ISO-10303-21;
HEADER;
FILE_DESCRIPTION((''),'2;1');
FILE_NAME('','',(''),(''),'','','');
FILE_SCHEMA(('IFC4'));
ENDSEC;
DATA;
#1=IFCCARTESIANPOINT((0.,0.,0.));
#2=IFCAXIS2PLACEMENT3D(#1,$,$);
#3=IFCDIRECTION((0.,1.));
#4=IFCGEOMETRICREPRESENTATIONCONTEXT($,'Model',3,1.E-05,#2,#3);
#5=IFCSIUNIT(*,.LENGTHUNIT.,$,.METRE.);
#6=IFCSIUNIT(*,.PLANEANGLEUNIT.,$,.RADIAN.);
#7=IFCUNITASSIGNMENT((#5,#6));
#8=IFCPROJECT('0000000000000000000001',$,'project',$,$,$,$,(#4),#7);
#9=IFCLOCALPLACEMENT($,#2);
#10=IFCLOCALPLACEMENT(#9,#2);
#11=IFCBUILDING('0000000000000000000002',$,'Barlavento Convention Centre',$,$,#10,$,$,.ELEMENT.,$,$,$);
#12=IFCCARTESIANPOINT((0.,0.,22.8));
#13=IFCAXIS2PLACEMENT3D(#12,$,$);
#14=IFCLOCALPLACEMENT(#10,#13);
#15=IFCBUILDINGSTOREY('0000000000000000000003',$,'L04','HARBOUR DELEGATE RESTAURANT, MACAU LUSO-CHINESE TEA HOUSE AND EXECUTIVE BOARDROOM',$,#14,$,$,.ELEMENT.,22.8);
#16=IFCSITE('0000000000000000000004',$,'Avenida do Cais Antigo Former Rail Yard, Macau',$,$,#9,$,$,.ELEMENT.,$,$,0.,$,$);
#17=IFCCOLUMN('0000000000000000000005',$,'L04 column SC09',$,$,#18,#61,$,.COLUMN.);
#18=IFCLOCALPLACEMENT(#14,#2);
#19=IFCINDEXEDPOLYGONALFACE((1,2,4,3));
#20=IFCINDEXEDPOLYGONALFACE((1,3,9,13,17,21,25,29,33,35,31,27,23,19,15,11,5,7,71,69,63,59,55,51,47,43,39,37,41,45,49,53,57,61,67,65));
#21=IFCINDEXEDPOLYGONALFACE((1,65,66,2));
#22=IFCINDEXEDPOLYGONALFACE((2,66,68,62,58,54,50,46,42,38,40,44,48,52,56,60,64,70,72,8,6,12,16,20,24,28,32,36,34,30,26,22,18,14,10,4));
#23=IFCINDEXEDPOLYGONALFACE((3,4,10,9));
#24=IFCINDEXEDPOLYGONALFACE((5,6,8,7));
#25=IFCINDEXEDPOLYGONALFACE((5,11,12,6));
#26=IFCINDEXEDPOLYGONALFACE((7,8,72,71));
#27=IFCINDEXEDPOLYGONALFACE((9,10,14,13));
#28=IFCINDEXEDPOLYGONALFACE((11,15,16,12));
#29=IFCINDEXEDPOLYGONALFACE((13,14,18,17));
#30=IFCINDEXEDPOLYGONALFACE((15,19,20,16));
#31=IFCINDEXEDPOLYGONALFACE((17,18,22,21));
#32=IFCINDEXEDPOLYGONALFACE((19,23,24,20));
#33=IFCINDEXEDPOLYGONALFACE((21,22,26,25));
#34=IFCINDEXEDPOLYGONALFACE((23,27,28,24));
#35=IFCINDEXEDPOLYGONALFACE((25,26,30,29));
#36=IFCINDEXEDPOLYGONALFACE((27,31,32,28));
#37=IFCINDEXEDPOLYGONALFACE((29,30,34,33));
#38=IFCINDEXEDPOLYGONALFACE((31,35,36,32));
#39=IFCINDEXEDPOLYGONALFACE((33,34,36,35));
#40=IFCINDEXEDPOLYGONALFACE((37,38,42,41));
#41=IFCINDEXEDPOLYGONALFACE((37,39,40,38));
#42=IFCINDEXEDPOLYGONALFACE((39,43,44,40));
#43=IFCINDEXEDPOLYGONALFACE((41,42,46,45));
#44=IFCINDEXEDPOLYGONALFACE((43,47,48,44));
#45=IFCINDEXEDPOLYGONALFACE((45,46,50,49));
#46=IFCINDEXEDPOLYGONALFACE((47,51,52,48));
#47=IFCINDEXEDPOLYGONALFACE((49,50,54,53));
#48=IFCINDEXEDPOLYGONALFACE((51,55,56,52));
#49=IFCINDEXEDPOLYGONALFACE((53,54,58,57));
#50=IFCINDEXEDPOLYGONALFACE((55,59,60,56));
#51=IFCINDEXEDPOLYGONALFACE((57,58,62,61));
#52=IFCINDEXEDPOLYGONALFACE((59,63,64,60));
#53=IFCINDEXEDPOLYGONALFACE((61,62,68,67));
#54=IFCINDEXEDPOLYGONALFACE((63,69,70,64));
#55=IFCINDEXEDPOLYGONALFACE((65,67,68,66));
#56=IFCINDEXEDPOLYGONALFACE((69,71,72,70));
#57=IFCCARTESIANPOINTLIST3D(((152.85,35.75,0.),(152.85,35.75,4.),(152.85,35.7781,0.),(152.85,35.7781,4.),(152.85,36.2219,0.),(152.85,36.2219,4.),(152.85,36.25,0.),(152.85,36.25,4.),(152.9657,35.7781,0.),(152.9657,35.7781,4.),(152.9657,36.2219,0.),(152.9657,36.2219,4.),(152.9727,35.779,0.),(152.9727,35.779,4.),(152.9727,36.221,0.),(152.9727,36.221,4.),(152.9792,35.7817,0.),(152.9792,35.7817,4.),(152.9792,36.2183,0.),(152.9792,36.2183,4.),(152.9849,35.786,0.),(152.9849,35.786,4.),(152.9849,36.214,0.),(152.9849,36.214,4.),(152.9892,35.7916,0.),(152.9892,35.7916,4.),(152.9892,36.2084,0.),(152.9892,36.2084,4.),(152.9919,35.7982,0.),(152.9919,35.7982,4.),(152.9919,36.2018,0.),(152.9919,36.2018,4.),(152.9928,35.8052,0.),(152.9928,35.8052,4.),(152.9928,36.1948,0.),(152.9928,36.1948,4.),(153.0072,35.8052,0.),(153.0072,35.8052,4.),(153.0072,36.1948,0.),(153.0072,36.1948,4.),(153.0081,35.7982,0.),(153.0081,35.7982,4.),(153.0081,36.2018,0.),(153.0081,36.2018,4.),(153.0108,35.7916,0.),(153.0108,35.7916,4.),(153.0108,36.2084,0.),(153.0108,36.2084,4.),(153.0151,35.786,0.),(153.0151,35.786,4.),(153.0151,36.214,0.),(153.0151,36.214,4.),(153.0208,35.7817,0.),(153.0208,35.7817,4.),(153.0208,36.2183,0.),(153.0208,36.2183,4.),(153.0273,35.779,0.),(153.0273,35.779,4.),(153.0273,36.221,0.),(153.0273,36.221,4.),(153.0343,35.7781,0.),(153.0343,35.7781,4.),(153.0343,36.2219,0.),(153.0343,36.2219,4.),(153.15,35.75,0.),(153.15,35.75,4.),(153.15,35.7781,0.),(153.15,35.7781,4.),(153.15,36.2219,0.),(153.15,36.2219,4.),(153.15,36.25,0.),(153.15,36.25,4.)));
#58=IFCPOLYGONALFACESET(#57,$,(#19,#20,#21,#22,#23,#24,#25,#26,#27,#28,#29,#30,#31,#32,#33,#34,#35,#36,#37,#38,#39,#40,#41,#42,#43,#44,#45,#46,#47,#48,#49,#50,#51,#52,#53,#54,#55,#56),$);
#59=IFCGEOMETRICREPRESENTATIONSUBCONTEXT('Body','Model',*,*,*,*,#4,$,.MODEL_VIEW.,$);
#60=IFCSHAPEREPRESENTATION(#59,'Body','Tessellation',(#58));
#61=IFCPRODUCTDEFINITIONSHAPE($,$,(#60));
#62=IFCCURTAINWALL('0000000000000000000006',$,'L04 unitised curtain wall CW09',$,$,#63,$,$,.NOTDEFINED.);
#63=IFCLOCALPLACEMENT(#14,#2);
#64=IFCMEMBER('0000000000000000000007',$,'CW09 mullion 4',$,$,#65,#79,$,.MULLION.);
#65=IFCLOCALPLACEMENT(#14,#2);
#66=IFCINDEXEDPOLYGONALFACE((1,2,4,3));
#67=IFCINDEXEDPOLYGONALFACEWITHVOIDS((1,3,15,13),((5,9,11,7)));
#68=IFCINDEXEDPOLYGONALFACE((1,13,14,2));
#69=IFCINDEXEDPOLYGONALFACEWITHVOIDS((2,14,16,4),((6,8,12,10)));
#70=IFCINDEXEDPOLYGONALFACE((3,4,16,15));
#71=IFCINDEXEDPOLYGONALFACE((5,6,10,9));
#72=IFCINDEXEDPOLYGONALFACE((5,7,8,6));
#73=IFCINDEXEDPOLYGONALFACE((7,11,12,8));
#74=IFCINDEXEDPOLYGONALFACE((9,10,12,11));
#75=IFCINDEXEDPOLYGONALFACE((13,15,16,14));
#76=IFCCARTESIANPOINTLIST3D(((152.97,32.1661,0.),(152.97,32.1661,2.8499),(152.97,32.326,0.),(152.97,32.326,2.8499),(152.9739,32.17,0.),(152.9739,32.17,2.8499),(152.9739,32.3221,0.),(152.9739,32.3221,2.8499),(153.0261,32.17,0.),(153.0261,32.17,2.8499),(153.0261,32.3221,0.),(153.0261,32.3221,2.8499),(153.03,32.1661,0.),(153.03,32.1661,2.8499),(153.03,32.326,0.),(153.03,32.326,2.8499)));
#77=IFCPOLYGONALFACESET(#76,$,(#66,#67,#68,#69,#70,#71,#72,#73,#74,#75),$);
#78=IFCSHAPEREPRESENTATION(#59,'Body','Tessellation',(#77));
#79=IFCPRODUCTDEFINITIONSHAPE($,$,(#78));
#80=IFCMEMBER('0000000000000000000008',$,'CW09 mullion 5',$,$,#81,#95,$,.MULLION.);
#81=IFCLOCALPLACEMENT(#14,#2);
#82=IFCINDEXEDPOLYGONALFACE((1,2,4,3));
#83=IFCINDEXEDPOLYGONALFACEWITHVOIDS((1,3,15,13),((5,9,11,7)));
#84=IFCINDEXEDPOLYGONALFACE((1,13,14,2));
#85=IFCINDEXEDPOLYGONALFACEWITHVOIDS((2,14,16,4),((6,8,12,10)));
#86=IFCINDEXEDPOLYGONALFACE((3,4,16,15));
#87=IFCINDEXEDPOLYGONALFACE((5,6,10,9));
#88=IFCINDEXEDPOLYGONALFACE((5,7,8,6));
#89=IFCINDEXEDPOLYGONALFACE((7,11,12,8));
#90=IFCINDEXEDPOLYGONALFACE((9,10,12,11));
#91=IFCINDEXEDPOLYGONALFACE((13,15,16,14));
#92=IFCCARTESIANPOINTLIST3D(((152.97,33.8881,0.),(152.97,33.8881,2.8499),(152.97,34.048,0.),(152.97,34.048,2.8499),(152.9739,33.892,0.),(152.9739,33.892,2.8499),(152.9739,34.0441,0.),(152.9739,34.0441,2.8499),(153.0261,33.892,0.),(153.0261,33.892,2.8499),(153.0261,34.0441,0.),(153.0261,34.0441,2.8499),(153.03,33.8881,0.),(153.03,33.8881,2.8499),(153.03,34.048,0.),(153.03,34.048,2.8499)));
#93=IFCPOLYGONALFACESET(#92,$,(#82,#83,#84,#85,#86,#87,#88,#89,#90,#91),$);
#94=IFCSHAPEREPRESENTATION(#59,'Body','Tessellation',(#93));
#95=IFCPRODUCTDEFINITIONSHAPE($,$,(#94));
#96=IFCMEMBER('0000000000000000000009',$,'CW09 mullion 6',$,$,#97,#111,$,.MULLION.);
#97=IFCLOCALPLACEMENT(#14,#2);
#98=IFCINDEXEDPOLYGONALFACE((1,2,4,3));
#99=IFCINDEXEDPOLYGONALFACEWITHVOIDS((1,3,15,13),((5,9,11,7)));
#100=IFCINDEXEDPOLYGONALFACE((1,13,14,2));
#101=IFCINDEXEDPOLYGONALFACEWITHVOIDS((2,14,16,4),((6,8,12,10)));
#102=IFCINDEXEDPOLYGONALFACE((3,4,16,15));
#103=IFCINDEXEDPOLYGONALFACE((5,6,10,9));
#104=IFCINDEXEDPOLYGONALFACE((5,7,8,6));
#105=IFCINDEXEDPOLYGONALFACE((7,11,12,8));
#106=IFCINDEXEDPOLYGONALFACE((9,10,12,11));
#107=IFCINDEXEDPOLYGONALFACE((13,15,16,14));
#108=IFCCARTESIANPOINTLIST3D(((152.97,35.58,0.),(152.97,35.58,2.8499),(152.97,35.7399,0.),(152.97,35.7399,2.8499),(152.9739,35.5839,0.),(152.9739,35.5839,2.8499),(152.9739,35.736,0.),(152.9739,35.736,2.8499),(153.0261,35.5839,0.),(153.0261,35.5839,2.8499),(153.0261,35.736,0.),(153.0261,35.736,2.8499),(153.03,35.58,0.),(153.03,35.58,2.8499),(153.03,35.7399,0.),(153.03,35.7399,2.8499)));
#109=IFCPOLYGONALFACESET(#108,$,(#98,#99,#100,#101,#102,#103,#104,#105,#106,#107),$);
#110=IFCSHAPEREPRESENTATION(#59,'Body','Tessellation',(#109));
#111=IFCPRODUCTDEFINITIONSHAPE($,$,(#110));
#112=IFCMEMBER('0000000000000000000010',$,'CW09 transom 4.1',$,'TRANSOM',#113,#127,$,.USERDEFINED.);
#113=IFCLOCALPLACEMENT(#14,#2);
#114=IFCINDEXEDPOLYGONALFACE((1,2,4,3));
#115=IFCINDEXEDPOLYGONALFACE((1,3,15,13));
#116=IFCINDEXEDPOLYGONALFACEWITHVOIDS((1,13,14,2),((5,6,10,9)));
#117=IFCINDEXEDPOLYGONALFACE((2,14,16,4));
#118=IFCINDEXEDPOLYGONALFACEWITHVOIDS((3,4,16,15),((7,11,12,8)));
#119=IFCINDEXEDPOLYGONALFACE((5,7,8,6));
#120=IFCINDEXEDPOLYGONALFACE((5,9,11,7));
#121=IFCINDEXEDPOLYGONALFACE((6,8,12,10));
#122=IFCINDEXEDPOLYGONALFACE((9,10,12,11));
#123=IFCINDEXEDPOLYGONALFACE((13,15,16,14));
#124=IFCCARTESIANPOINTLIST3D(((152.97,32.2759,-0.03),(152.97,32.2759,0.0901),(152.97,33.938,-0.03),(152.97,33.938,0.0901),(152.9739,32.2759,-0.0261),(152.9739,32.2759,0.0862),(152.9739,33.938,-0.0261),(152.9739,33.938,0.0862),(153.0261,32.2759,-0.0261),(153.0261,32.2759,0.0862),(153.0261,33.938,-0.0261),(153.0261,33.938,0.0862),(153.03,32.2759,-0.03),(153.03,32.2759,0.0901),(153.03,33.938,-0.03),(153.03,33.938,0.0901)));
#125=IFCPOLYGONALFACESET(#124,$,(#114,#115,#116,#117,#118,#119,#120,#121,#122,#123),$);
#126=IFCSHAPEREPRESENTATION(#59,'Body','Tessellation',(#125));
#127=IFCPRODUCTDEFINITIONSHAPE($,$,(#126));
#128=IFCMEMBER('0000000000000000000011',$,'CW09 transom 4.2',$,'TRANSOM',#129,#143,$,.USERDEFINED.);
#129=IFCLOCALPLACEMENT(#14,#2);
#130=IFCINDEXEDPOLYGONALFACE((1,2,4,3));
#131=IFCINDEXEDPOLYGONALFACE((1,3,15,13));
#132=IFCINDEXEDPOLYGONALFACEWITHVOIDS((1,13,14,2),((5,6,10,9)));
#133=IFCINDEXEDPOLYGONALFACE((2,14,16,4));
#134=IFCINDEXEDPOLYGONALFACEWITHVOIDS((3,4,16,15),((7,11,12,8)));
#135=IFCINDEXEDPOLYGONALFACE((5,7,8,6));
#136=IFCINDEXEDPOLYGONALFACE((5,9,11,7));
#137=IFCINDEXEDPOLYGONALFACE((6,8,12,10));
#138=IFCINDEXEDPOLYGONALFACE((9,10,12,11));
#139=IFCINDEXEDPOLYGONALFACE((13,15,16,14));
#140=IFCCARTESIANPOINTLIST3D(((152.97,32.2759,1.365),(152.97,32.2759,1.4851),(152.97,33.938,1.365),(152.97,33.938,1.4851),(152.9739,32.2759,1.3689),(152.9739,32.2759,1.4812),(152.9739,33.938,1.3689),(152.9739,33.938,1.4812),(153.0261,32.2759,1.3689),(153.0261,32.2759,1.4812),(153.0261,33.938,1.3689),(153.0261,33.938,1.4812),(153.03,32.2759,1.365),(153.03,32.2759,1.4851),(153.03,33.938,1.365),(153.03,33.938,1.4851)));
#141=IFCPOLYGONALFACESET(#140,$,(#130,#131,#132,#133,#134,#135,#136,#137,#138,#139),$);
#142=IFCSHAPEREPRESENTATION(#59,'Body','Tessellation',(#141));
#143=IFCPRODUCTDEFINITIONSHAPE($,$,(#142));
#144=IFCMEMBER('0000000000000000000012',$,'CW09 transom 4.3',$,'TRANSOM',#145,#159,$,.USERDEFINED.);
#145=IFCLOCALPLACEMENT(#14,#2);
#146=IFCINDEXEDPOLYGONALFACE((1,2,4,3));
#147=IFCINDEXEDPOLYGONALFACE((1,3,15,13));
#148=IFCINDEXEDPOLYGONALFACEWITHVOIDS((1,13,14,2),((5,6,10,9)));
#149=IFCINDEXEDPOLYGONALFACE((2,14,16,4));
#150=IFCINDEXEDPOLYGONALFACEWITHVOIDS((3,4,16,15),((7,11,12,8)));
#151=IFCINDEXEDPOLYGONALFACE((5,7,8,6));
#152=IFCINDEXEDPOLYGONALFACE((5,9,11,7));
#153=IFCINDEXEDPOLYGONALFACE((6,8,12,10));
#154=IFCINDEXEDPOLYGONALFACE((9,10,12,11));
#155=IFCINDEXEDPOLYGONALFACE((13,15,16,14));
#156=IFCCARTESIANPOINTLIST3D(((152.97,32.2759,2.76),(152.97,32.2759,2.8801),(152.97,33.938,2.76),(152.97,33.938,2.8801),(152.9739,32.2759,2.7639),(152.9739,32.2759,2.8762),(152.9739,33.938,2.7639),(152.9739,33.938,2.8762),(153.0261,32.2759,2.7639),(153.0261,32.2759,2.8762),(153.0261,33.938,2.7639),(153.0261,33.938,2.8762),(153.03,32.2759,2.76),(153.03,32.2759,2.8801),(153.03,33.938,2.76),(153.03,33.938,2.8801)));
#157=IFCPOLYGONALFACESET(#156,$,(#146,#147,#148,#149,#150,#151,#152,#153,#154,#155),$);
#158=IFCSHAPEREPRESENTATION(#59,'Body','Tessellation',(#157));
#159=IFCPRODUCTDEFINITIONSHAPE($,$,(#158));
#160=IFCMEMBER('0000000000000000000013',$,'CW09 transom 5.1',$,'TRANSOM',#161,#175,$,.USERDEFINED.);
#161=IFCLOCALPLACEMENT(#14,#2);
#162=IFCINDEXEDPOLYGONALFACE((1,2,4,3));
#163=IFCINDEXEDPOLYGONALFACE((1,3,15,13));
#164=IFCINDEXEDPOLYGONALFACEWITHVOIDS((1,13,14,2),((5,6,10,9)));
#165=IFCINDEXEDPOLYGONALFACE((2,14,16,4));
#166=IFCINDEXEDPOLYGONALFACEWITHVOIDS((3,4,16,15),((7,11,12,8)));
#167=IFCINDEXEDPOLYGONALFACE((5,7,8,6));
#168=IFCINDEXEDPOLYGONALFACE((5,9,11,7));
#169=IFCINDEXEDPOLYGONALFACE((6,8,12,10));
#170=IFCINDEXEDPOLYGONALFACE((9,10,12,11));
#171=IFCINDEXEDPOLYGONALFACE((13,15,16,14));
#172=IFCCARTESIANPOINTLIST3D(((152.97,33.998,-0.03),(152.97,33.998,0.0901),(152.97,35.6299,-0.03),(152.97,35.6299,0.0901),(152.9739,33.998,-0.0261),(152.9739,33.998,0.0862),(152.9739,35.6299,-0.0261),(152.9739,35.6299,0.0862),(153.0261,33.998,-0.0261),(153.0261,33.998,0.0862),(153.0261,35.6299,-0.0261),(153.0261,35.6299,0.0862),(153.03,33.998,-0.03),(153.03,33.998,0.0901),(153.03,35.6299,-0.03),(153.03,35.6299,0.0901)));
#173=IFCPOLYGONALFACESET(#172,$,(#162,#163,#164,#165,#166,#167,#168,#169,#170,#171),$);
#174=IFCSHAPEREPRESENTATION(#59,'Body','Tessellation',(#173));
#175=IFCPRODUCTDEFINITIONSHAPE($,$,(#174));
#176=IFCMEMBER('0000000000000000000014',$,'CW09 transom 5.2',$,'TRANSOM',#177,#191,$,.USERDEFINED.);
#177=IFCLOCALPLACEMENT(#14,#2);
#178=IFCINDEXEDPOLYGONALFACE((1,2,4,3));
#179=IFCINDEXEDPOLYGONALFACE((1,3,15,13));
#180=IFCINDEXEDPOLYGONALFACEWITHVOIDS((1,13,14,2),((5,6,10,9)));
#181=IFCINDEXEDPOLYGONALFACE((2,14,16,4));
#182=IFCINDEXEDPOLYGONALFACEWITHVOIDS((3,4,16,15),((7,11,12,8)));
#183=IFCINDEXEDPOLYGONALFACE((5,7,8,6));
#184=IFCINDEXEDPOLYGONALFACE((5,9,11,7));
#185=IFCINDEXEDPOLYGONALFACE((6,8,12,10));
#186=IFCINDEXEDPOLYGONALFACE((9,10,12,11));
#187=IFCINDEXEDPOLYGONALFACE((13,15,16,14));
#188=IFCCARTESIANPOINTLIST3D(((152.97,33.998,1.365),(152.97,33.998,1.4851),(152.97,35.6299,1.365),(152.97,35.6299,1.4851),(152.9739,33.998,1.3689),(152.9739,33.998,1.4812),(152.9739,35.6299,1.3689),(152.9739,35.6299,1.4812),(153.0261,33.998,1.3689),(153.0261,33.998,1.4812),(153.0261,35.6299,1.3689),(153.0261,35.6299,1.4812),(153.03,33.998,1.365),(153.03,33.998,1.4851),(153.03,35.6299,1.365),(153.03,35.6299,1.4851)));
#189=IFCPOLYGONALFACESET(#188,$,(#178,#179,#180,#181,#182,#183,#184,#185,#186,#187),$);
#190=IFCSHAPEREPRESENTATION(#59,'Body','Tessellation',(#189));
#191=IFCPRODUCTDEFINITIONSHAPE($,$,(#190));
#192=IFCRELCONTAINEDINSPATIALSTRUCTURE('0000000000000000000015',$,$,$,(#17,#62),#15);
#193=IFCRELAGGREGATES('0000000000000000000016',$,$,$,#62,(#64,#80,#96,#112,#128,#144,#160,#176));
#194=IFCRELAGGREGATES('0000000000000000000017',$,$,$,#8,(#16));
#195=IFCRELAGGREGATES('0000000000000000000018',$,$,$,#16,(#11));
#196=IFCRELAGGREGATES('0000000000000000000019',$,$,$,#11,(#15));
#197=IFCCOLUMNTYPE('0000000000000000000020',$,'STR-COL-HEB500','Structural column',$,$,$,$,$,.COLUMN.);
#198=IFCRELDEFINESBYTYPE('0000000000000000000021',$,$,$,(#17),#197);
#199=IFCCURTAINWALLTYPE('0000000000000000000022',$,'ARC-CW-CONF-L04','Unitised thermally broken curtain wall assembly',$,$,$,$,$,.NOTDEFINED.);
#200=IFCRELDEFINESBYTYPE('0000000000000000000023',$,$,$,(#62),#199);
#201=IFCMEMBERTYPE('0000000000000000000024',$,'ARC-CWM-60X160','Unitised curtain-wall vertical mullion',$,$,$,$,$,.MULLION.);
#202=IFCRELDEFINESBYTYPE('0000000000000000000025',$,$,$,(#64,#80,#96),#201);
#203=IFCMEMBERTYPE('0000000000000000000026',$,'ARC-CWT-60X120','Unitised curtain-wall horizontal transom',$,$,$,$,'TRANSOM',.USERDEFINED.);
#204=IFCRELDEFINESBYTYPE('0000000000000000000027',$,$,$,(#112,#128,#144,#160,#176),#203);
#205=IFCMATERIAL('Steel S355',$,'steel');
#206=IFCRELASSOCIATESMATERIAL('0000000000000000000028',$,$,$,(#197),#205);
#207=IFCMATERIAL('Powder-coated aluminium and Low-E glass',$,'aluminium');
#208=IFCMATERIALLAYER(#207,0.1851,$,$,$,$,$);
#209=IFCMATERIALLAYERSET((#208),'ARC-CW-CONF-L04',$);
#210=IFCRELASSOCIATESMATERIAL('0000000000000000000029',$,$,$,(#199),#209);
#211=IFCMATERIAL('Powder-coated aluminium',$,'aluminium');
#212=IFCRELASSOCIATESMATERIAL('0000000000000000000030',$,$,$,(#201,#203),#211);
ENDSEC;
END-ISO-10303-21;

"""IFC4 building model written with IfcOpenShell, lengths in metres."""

from ifc_helpers import new_model, si_unit, direction, frame, origin, origin_2d, place, context, subcontext, project, spatial, hollow_rectangle, i_section, extrude, material, layer, layer_set, material_profile, profile_set, type_object, element, aggregate, save


model = new_model("IFC4")

# Units and contexts
model_context = context("Model", 3, precision=1e-05, world=origin(), true_north=direction((0.0, 1.0)))
body_context = subcontext(model_context, "Body", "Model", "MODEL_VIEW")
ifc_project = project(units=[si_unit("LENGTHUNIT", "METRE"), si_unit("PLANEANGLEUNIT", "RADIAN")], contexts=[model_context])

# Site, building, storey
site_placement = place(None, origin())
site = spatial("IfcSite", under=ifc_project, at=site_placement, Name="Avenida do Cais Antigo Former Rail Yard, Macau", CompositionType="ELEMENT", RefElevation=0.0)
building_placement = place(site_placement, origin())
building = spatial("IfcBuilding", under=site, at=building_placement, Name="Barlavento Convention Centre", CompositionType="ELEMENT")
storey_placement = place(building_placement, frame((0.0, 0.0, 22.8)))
storey = spatial("IfcBuildingStorey", under=building, at=storey_placement, Name="L04", Description="HARBOUR DELEGATE RESTAURANT, MACAU LUSO-CHINESE TEA HOUSE AND EXECUTIVE BOARDROOM", CompositionType="ELEMENT", Elevation=22.8)

# Column
ifc_material_1 = material(Name="Steel S355", Category="steel")
ifc_material_profile_1 = material_profile(ifc_material_1, i_section(OverallWidth=0.3, OverallDepth=0.5, WebThickness=0.0144, FlangeThickness=0.0281, FilletRadius=0.0271, at=origin_2d()), Name="HEB 500")
ifc_profile_set_1 = profile_set([ifc_material_profile_1], Name="Steel S355")
column_type = type_object("IfcColumnType", Name="STR-COL-HEB500", Description="Structural column", PredefinedType="COLUMN", material=ifc_profile_set_1)
column_placement = place(storey_placement, frame((153.0, 36.0, 0.0), z_axis=(0.0, 0.0, 1.0), x_axis=(1.0, 0.0, 0.0)))
element("IfcColumn", 1, at=column_placement, inside=storey, type_object=column_type, Name="L04 column SC09", PredefinedType="COLUMN", context=body_context, shape_type="SweptSolid", body=[
    extrude(i_section(OverallWidth=0.3, OverallDepth=0.5, WebThickness=0.0144, FlangeThickness=0.0281, FilletRadius=0.0271, at=origin_2d()), origin(), (0.0, 0.0, 1.0), 4.0),
])

# Curtain wall, members
ifc_material_2 = material(Name="Powder-coated aluminium and Low-E glass", Category="aluminium")
ifc_layer_1 = layer(ifc_material_2, 0.1851)
ifc_layer_set_1 = layer_set([ifc_layer_1], Name="ARC-CW-CONF-L04")
curtain_wall_type = type_object("IfcCurtainWallType", Name="ARC-CW-CONF-L04", Description="Unitised thermally broken curtain wall assembly", PredefinedType="NOTDEFINED", material=ifc_layer_set_1)
curtain_wall_placement = place(storey_placement, origin())
curtain_wall = element("IfcCurtainWall", 2, at=curtain_wall_placement, inside=storey, type_object=curtain_wall_type, Name="L04 unitised curtain wall CW09", PredefinedType="NOTDEFINED")
ifc_material_3 = material(Name="Powder-coated aluminium", Category="aluminium")
ifc_material_profile_2 = material_profile(ifc_material_3, hollow_rectangle(XDim=0.0601, YDim=0.1599, WallThickness=0.0039, at=origin_2d()), Name="AL-MULL 60x160x4")
ifc_profile_set_2 = profile_set([ifc_material_profile_2], Name="Powder-coated aluminium")
member_type_1 = type_object("IfcMemberType", Name="ARC-CWM-60X160", Description="Unitised curtain-wall vertical mullion", PredefinedType="MULLION", material=ifc_profile_set_2)
member_1_placement = place(storey_placement, frame((153.0, 32.2461, 0.0), z_axis=(0.0, 0.0, 1.0), x_axis=(-1.0, 0.0, 0.0)))
member_1 = element("IfcMember", 3, at=member_1_placement, type_object=member_type_1, Name="CW09 mullion 4", PredefinedType="MULLION", context=body_context, shape_type="SweptSolid", body=[
    extrude(hollow_rectangle(XDim=0.0601, YDim=0.1599, WallThickness=0.0039, at=origin_2d()), origin(), (0.0, 0.0, 1.0), 2.8499),
])
member_2_placement = place(storey_placement, frame((153.0, 33.968, 0.0), z_axis=(0.0, 0.0, 1.0), x_axis=(-1.0, 0.0, 0.0)))
member_2 = element("IfcMember", 4, at=member_2_placement, type_object=member_type_1, Name="CW09 mullion 5", PredefinedType="MULLION", context=body_context, shape_type="SweptSolid", body=[
    extrude(hollow_rectangle(XDim=0.0601, YDim=0.1599, WallThickness=0.0039, at=origin_2d()), origin(), (0.0, 0.0, 1.0), 2.8499),
])
member_3_placement = place(storey_placement, frame((153.0, 35.6599, 0.0), z_axis=(0.0, 0.0, 1.0), x_axis=(-1.0, 0.0, 0.0)))
member_3 = element("IfcMember", 5, at=member_3_placement, type_object=member_type_1, Name="CW09 mullion 6", PredefinedType="MULLION", context=body_context, shape_type="SweptSolid", body=[
    extrude(hollow_rectangle(XDim=0.0601, YDim=0.1599, WallThickness=0.0039, at=origin_2d()), origin(), (0.0, 0.0, 1.0), 2.8499),
])
ifc_material_profile_3 = material_profile(ifc_material_3, hollow_rectangle(XDim=0.0601, YDim=0.1201, WallThickness=0.0039, at=origin_2d()), Name="AL-TRAN 60x120x4")
ifc_profile_set_3 = profile_set([ifc_material_profile_3], Name="Powder-coated aluminium")
member_type_2 = type_object("IfcMemberType", Name="ARC-CWT-60X120", Description="Unitised curtain-wall horizontal transom", ElementType="TRANSOM", PredefinedType="USERDEFINED", material=ifc_profile_set_3)
member_4_placement = place(storey_placement, frame((153.0, 32.2759, 0.03), z_axis=(0.0, 1.0, 0.0), x_axis=(-1.0, 0.0, 0.0)))
member_4 = element("IfcMember", 6, at=member_4_placement, type_object=member_type_2, Name="CW09 transom 4.1", ObjectType="TRANSOM", PredefinedType="USERDEFINED", context=body_context, shape_type="SweptSolid", body=[
    extrude(hollow_rectangle(XDim=0.0601, YDim=0.1201, WallThickness=0.0039, at=origin_2d()), origin(), (0.0, 0.0, 1.0), 1.6621),
])
member_5_placement = place(storey_placement, frame((153.0, 32.2759, 1.425), z_axis=(0.0, 1.0, 0.0), x_axis=(-1.0, 0.0, 0.0)))
member_5 = element("IfcMember", 7, at=member_5_placement, type_object=member_type_2, Name="CW09 transom 4.2", ObjectType="TRANSOM", PredefinedType="USERDEFINED", context=body_context, shape_type="SweptSolid", body=[
    extrude(hollow_rectangle(XDim=0.0601, YDim=0.1201, WallThickness=0.0039, at=origin_2d()), origin(), (0.0, 0.0, 1.0), 1.6621),
])
member_6_placement = place(storey_placement, frame((153.0, 32.2759, 2.8201), z_axis=(0.0, 1.0, 0.0), x_axis=(-1.0, 0.0, 0.0)))
member_6 = element("IfcMember", 8, at=member_6_placement, type_object=member_type_2, Name="CW09 transom 4.3", ObjectType="TRANSOM", PredefinedType="USERDEFINED", context=body_context, shape_type="SweptSolid", body=[
    extrude(hollow_rectangle(XDim=0.0601, YDim=0.1201, WallThickness=0.0039, at=origin_2d()), origin(), (0.0, 0.0, 1.0), 1.6621),
])
member_7_placement = place(storey_placement, frame((153.0, 33.998, 0.03), z_axis=(0.0, 1.0, 0.0), x_axis=(-1.0, 0.0, 0.0)))
member_7 = element("IfcMember", 9, at=member_7_placement, type_object=member_type_2, Name="CW09 transom 5.1", ObjectType="TRANSOM", PredefinedType="USERDEFINED", context=body_context, shape_type="SweptSolid", body=[
    extrude(hollow_rectangle(XDim=0.0601, YDim=0.1201, WallThickness=0.0039, at=origin_2d()), origin(), (0.0, 0.0, 1.0), 1.6318),
])
member_8_placement = place(storey_placement, frame((153.0, 33.998, 1.425), z_axis=(0.0, 1.0, 0.0), x_axis=(-1.0, 0.0, 0.0)))
member_8 = element("IfcMember", 10, at=member_8_placement, type_object=member_type_2, Name="CW09 transom 5.2", ObjectType="TRANSOM", PredefinedType="USERDEFINED", context=body_context, shape_type="SweptSolid", body=[
    extrude(hollow_rectangle(XDim=0.0601, YDim=0.1201, WallThickness=0.0039, at=origin_2d()), origin(), (0.0, 0.0, 1.0), 1.6318),
])

aggregate(curtain_wall, [member_1, member_2, member_3, member_4, member_5, member_6, member_7, member_8])

save(model, "model.ifc")
